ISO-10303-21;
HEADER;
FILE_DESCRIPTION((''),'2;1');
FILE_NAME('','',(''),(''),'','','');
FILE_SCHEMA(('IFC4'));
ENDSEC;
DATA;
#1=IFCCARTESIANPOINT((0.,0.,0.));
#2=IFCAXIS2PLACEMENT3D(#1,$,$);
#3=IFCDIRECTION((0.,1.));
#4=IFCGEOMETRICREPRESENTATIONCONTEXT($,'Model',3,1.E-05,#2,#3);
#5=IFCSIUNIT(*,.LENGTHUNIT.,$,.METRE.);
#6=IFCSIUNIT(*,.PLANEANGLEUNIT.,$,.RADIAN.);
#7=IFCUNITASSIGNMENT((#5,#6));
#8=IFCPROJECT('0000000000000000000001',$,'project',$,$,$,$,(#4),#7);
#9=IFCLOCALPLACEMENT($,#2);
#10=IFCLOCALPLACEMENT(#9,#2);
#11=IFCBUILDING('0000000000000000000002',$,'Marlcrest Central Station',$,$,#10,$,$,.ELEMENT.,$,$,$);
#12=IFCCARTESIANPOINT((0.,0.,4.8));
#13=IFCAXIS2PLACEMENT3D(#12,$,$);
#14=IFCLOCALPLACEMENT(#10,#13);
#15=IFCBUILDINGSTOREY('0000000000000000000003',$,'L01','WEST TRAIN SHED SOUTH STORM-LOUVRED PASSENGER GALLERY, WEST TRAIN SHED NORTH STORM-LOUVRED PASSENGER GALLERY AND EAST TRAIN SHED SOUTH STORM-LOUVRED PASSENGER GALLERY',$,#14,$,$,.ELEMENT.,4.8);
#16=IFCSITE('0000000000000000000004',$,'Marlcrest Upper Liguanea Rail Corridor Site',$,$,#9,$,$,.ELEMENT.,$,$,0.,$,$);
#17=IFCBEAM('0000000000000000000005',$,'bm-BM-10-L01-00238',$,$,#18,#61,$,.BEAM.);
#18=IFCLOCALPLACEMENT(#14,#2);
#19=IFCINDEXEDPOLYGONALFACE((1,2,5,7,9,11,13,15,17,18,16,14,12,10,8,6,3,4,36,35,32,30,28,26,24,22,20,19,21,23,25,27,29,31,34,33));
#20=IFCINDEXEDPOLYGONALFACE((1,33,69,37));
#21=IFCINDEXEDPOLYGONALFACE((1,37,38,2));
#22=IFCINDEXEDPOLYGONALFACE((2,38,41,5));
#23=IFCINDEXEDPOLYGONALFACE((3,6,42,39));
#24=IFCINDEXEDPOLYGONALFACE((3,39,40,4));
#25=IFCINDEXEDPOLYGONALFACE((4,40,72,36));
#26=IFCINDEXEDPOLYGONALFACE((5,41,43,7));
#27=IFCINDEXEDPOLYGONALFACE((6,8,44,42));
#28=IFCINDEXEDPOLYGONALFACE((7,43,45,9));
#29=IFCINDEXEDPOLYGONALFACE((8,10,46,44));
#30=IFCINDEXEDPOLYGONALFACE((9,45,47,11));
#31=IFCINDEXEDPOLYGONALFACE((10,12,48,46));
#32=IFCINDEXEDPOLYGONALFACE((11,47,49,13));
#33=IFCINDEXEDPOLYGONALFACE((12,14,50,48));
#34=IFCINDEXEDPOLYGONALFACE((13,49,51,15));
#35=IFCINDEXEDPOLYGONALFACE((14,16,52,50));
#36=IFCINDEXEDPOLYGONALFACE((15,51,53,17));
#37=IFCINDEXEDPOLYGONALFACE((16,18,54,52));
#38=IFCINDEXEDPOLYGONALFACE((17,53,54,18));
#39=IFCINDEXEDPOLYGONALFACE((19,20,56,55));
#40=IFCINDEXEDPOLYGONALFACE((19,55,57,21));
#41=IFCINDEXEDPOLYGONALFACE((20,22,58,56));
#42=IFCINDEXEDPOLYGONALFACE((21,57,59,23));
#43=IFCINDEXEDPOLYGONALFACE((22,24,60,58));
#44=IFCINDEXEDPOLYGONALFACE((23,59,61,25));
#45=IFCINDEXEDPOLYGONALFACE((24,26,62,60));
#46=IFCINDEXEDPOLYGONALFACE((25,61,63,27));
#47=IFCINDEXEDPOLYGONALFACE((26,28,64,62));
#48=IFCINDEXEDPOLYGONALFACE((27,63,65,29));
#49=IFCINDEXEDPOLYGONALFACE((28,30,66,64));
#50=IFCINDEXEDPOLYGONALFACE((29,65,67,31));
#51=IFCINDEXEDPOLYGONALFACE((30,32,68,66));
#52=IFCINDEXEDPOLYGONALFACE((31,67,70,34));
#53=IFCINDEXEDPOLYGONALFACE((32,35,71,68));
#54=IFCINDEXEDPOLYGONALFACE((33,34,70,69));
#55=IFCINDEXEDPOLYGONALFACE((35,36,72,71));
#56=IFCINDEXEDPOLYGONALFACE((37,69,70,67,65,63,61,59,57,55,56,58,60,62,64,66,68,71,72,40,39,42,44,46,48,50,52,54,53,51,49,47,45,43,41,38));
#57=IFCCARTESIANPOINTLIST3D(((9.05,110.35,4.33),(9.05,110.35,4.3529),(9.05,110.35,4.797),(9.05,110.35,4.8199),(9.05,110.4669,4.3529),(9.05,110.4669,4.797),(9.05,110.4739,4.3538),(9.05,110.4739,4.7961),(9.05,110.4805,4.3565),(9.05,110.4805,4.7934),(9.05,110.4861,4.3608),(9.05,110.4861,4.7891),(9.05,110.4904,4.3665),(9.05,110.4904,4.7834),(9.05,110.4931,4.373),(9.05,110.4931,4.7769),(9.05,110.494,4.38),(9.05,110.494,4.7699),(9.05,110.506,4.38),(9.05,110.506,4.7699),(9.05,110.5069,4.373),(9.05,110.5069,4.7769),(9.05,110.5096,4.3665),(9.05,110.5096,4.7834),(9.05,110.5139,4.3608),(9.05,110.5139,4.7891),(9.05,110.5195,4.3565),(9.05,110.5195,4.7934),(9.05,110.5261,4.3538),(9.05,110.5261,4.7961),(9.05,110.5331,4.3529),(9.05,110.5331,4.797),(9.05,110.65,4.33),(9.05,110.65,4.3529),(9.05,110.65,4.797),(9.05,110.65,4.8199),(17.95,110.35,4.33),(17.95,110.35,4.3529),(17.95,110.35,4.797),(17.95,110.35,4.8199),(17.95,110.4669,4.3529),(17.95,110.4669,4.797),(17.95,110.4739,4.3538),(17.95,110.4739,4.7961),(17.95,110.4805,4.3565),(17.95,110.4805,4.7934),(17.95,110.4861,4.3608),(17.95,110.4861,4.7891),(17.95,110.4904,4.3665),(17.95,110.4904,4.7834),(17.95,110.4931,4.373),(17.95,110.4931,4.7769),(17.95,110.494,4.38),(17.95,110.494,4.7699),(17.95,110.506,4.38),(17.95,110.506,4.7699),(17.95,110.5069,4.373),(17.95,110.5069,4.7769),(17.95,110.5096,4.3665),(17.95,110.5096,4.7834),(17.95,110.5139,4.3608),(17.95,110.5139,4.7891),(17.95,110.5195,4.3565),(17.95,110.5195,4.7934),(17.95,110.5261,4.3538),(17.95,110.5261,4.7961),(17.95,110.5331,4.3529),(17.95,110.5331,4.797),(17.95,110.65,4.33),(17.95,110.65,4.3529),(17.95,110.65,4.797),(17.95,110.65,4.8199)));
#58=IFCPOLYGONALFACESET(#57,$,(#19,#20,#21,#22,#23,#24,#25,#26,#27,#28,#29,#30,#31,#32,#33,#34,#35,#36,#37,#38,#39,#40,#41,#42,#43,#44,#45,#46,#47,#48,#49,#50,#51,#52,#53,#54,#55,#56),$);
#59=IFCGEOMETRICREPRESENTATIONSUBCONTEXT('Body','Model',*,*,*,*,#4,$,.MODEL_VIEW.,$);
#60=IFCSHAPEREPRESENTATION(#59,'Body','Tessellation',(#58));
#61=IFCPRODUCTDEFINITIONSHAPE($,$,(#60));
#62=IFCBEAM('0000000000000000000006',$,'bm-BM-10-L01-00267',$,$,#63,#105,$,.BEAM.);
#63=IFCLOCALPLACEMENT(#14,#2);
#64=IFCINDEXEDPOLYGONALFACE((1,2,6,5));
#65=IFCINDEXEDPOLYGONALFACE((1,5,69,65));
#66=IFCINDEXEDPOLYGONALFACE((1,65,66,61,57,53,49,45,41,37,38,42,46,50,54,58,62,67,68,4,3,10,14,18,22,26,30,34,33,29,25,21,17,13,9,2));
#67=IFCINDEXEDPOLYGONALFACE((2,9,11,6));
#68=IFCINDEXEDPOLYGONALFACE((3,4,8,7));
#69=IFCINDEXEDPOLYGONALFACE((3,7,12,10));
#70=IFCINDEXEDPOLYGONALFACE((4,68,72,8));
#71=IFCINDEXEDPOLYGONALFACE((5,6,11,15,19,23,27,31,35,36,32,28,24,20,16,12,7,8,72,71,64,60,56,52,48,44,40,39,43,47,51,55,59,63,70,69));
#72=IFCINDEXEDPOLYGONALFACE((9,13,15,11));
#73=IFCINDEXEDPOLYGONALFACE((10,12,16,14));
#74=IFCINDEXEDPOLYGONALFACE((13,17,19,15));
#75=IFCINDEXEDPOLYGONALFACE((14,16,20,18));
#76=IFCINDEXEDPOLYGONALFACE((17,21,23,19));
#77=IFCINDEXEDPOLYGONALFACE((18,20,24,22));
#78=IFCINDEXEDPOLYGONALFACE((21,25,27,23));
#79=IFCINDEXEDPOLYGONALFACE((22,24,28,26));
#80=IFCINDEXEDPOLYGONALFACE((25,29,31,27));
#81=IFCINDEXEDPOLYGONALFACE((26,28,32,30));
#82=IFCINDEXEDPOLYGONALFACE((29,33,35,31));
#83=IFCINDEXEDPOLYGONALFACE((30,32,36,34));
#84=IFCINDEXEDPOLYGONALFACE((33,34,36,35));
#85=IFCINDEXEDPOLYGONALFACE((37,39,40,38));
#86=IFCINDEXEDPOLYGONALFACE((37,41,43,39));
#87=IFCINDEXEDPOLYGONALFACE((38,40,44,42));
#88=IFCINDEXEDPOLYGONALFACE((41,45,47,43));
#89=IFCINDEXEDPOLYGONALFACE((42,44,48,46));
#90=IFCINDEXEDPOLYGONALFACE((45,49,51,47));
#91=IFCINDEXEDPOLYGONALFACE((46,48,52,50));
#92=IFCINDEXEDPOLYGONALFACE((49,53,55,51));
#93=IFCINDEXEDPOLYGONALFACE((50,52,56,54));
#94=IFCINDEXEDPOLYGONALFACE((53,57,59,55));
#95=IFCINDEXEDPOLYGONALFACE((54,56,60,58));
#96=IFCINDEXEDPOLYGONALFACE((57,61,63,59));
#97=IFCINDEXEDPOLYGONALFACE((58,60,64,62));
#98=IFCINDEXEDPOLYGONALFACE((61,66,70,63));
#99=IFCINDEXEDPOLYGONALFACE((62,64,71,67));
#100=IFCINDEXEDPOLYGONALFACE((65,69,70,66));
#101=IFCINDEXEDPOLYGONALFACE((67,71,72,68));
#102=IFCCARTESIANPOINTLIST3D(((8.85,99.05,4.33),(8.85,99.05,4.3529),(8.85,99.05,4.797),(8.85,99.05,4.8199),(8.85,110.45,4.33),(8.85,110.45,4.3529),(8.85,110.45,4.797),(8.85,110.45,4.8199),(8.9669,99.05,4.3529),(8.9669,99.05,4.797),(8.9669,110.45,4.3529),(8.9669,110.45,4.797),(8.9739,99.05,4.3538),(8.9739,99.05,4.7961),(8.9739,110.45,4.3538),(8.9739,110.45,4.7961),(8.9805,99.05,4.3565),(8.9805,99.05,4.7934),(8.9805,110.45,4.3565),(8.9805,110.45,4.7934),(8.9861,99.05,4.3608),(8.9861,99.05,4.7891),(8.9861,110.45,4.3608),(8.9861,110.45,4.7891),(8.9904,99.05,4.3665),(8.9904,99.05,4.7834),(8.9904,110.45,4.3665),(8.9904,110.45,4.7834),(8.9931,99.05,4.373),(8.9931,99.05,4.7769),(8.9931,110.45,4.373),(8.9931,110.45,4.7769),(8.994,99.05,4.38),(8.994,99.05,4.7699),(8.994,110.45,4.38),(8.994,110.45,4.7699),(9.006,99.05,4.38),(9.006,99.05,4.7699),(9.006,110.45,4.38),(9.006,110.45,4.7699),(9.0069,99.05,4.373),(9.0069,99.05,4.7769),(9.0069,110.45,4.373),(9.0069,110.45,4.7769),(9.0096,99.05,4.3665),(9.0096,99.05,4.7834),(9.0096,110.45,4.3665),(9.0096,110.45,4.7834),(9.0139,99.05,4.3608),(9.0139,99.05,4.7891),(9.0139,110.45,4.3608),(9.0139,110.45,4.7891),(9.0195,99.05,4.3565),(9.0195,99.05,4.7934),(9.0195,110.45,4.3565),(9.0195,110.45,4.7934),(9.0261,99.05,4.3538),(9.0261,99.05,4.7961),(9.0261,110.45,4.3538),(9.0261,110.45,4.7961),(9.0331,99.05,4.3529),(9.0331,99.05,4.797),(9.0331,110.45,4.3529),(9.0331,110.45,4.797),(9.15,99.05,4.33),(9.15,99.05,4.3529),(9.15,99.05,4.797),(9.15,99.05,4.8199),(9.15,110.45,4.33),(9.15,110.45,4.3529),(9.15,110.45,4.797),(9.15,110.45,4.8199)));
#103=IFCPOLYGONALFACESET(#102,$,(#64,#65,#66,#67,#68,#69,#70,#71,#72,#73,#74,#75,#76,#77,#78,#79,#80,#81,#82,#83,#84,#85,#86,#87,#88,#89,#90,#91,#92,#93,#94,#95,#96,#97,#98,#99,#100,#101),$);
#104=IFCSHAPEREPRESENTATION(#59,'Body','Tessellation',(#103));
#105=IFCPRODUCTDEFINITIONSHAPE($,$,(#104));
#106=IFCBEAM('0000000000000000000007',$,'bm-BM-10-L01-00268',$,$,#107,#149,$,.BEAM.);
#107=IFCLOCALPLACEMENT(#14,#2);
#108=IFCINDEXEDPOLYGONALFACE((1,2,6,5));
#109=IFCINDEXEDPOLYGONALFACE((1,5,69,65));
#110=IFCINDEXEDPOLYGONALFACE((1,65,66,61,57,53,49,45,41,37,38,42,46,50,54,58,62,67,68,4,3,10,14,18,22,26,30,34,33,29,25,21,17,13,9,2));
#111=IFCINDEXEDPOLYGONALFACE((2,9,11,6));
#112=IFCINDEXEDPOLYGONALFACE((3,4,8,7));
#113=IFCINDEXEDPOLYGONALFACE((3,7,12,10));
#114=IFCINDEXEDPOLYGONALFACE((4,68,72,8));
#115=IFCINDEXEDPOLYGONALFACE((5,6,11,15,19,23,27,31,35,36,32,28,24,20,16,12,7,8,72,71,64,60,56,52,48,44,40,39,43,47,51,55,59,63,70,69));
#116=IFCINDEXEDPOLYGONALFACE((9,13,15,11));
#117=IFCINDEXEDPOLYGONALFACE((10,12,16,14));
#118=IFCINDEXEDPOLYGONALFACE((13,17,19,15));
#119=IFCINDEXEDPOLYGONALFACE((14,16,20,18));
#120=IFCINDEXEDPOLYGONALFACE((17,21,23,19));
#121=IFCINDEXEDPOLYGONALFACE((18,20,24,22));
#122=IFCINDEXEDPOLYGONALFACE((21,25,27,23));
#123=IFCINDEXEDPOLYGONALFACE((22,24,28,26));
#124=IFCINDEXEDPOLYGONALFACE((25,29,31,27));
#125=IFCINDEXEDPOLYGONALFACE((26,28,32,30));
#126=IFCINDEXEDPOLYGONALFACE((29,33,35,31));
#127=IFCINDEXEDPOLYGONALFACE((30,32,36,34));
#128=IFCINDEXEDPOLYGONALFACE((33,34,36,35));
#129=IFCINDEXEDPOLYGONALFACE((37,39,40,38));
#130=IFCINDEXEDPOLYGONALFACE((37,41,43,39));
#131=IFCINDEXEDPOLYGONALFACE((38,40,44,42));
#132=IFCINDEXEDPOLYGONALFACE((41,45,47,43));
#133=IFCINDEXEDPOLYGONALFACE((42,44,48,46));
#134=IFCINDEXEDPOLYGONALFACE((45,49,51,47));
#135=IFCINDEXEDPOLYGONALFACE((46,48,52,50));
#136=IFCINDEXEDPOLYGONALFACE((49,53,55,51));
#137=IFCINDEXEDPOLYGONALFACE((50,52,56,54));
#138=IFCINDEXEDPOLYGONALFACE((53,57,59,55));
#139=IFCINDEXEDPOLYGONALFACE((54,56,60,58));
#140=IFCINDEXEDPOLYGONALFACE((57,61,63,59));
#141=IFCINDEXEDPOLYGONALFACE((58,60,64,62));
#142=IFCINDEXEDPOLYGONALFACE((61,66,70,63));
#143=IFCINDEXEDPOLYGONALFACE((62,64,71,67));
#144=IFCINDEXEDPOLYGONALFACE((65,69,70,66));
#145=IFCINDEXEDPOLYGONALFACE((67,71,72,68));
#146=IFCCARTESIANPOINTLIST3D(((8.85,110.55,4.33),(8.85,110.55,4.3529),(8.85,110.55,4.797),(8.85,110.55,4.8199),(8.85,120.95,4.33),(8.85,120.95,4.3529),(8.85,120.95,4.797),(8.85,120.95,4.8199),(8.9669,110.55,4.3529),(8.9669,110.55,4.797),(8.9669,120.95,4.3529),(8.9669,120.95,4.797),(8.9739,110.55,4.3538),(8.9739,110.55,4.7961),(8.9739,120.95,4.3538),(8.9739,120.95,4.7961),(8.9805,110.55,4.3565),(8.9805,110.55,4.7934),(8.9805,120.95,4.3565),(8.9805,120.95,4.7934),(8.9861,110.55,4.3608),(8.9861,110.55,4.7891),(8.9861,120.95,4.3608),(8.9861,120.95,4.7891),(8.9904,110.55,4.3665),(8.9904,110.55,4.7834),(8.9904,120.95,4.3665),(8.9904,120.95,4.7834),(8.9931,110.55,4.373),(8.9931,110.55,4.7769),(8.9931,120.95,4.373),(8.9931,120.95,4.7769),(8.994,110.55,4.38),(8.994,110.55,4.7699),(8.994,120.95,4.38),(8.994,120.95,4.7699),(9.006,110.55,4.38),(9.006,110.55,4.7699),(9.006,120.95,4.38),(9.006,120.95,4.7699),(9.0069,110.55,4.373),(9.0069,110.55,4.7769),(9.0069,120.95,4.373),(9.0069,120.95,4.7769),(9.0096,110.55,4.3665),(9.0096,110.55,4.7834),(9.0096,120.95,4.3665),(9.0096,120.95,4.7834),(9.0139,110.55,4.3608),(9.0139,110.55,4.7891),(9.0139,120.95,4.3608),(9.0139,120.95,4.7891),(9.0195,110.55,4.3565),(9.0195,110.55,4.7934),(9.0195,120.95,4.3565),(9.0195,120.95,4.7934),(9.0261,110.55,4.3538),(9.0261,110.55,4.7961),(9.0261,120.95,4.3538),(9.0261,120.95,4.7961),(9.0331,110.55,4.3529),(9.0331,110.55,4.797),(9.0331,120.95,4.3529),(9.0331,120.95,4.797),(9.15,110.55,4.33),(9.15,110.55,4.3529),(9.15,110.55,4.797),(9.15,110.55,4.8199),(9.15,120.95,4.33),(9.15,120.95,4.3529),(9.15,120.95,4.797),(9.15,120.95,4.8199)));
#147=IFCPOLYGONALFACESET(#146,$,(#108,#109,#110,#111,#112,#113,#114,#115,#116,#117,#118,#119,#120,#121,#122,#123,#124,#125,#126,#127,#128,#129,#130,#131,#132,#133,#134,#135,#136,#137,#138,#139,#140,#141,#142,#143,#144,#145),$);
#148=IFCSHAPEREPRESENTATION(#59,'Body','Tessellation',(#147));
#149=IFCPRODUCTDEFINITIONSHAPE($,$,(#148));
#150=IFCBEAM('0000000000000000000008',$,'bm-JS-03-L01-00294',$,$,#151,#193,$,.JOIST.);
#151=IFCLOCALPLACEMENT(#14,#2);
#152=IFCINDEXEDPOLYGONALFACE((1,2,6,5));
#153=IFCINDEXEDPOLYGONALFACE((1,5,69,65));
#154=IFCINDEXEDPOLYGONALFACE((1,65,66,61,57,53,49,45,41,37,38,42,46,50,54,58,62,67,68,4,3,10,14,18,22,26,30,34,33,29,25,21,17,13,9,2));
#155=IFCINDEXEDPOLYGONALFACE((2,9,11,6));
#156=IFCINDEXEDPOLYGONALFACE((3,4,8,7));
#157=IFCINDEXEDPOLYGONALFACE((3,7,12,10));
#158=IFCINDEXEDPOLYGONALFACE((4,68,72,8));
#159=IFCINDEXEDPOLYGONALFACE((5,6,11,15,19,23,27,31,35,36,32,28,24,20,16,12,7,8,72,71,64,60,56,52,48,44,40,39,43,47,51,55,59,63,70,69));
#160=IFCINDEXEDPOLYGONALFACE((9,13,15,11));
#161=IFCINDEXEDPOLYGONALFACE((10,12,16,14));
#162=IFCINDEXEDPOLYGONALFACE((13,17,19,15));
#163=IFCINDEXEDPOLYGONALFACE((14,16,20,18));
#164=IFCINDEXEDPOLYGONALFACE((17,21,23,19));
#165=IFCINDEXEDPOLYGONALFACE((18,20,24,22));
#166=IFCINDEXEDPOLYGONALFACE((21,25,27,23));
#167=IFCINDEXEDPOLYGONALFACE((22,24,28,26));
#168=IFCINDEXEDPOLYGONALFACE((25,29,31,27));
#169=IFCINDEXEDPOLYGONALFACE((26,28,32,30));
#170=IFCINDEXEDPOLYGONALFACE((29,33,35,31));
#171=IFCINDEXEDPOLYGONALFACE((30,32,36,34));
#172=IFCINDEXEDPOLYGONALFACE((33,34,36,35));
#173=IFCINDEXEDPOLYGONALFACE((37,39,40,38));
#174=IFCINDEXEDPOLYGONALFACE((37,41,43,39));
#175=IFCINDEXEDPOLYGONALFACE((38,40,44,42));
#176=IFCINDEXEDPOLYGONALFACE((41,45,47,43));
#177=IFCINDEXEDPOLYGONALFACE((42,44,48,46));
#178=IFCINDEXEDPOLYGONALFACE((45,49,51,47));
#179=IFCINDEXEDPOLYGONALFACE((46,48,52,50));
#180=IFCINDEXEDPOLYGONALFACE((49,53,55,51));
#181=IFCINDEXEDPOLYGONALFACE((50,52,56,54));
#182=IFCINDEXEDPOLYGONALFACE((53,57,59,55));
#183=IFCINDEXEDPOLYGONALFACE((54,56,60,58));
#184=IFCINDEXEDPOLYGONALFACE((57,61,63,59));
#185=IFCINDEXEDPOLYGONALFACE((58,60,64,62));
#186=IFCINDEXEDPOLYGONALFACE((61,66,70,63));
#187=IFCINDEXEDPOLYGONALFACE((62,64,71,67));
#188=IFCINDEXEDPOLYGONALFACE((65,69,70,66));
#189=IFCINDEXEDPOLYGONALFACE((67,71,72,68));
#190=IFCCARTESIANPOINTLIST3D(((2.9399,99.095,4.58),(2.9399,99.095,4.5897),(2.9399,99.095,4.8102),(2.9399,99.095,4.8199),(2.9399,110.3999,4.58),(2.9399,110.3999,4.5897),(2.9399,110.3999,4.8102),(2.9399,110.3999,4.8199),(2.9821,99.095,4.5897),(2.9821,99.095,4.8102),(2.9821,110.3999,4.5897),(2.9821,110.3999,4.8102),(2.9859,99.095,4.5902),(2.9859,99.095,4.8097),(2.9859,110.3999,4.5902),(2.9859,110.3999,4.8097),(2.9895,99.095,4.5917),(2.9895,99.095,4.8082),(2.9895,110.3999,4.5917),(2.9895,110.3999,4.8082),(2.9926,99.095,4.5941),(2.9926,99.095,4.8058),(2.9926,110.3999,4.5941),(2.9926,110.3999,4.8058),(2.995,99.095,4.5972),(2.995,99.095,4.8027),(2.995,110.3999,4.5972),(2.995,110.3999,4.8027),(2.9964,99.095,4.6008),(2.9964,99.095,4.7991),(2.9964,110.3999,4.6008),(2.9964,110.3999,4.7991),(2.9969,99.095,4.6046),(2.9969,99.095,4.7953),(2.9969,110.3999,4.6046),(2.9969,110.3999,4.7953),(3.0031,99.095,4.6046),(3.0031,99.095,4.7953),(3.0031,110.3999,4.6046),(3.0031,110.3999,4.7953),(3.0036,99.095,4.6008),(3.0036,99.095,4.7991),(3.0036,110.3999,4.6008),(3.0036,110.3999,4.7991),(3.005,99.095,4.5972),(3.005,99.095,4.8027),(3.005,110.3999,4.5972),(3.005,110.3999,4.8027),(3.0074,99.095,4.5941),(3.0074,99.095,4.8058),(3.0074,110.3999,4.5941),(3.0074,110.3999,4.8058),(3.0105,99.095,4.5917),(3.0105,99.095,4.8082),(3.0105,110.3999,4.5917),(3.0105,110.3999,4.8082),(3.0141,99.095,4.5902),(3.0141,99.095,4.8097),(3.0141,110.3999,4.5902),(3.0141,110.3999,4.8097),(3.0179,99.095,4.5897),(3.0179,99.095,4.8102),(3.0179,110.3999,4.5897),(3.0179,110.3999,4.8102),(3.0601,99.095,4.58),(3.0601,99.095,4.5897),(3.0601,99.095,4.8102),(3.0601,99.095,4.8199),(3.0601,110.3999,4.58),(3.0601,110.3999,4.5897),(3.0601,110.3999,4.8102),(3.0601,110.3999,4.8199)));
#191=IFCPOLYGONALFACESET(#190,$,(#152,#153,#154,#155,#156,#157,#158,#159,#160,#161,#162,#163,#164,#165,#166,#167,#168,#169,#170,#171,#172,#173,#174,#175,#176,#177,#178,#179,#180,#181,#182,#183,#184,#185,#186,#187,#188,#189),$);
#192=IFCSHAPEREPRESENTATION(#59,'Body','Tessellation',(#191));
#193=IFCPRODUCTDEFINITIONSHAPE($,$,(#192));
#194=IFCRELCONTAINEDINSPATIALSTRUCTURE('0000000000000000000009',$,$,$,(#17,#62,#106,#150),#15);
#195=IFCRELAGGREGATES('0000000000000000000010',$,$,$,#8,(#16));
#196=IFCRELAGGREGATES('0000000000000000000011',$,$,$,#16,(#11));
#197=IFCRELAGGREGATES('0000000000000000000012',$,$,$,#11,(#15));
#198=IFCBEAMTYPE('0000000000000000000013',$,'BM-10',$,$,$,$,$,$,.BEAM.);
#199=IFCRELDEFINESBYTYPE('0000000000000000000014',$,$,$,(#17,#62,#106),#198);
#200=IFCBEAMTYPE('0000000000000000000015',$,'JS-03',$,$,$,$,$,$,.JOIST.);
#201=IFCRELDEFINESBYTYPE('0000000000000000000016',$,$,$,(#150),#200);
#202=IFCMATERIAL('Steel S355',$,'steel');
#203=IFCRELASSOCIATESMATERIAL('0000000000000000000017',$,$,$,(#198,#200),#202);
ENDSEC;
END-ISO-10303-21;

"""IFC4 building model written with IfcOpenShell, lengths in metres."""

from ifc_helpers import new_model, si_unit, direction, frame, origin, origin_2d, place, context, subcontext, project, spatial, i_section, extrude, material, material_profile, profile_set, type_object, element, save


model = new_model("IFC4")

# Units and contexts
model_context = context("Model", 3, precision=1e-05, world=origin(), true_north=direction((0.0, 1.0)))
body_context = subcontext(model_context, "Body", "Model", "MODEL_VIEW")
ifc_project = project(units=[si_unit("LENGTHUNIT", "METRE"), si_unit("PLANEANGLEUNIT", "RADIAN")], contexts=[model_context])

# Site, building, storey
site_placement = place(None, origin())
site = spatial("IfcSite", under=ifc_project, at=site_placement, Name="Marlcrest Upper Liguanea Rail Corridor Site", CompositionType="ELEMENT", RefElevation=0.0)
building_placement = place(site_placement, origin())
building = spatial("IfcBuilding", under=site, at=building_placement, Name="Marlcrest Central Station", CompositionType="ELEMENT")
storey_placement = place(building_placement, frame((0.0, 0.0, 4.8)))
storey = spatial("IfcBuildingStorey", under=building, at=storey_placement, Name="L01", Description="WEST TRAIN SHED SOUTH STORM-LOUVRED PASSENGER GALLERY, WEST TRAIN SHED NORTH STORM-LOUVRED PASSENGER GALLERY AND EAST TRAIN SHED SOUTH STORM-LOUVRED PASSENGER GALLERY", CompositionType="ELEMENT", Elevation=4.8)

# Shared definitions
ifc_material_1 = material(Name="Steel S355", Category="steel")

# Beams
ifc_material_profile_1 = material_profile(ifc_material_1, i_section(OverallWidth=0.3, OverallDepth=0.49, WebThickness=0.012, FlangeThickness=0.0229, FilletRadius=0.0271, at=origin_2d()), Name="HEA 500")
ifc_profile_set_1 = profile_set([ifc_material_profile_1], Name="Steel S355")
beam_type_1 = type_object("IfcBeamType", Name="BM-10", PredefinedType="BEAM", material=ifc_profile_set_1)
for number, where, z_axis, x_axis, name in (
    (1, (9.05, 110.5, 4.575), (1.0, 0.0, 0.0), (0.0, 1.0, 0.0), "bm-BM-10-L01-00238"),
):
    element("IfcBeam", number, at=place(storey_placement, frame(where, z_axis=z_axis, x_axis=x_axis)), inside=storey, type_object=beam_type_1, Name=name, PredefinedType="BEAM", context=body_context, shape_type="SweptSolid", body=[
        extrude(i_section(OverallWidth=0.3, OverallDepth=0.49, WebThickness=0.012, FlangeThickness=0.0229, FilletRadius=0.0271, at=origin_2d()), origin(), (0.0, 0.0, 1.0), 8.8999),
    ])
beam_1_placement = place(storey_placement, frame((9.0, 99.05, 4.575), z_axis=(0.0, 1.0, 0.0), x_axis=(-1.0, 0.0, 0.0)))
element("IfcBeam", 2, at=beam_1_placement, inside=storey, type_object=beam_type_1, Name="bm-BM-10-L01-00267", PredefinedType="BEAM", context=body_context, shape_type="SweptSolid", body=[
    extrude(i_section(OverallWidth=0.3, OverallDepth=0.49, WebThickness=0.012, FlangeThickness=0.0229, FilletRadius=0.0271, at=origin_2d()), origin(), (0.0, 0.0, 1.0), 11.3999),
])
beam_2_placement = place(storey_placement, frame((9.0, 110.55, 4.575), z_axis=(0.0, 1.0, 0.0), x_axis=(-1.0, 0.0, 0.0)))
element("IfcBeam", 3, at=beam_2_placement, inside=storey, type_object=beam_type_1, Name="bm-BM-10-L01-00268", PredefinedType="BEAM", context=body_context, shape_type="SweptSolid", body=[
    extrude(i_section(OverallWidth=0.3, OverallDepth=0.49, WebThickness=0.012, FlangeThickness=0.0229, FilletRadius=0.0271, at=origin_2d()), origin(), (0.0, 0.0, 1.0), 10.3999),
])
ifc_material_profile_2 = material_profile(ifc_material_1, i_section(OverallWidth=0.1201, OverallDepth=0.24, WebThickness=0.0061, FlangeThickness=0.0098, FilletRadius=0.0149, at=origin_2d()), Name="IPE 240")
ifc_profile_set_2 = profile_set([ifc_material_profile_2], Name="Steel S355")
beam_type_2 = type_object("IfcBeamType", Name="JS-03", PredefinedType="JOIST", material=ifc_profile_set_2)
beam_3_placement = place(storey_placement, frame((3.0, 99.095, 4.7), z_axis=(0.0, 1.0, 0.0), x_axis=(-1.0, 0.0, 0.0)))
element("IfcBeam", 4, at=beam_3_placement, inside=storey, type_object=beam_type_2, Name="bm-JS-03-L01-00294", PredefinedType="JOIST", context=body_context, shape_type="SweptSolid", body=[
    extrude(i_section(OverallWidth=0.1201, OverallDepth=0.24, WebThickness=0.0061, FlangeThickness=0.0098, FilletRadius=0.0149, at=origin_2d()), origin(), (0.0, 0.0, 1.0), 11.3049),
])

save(model, "model.ifc")
